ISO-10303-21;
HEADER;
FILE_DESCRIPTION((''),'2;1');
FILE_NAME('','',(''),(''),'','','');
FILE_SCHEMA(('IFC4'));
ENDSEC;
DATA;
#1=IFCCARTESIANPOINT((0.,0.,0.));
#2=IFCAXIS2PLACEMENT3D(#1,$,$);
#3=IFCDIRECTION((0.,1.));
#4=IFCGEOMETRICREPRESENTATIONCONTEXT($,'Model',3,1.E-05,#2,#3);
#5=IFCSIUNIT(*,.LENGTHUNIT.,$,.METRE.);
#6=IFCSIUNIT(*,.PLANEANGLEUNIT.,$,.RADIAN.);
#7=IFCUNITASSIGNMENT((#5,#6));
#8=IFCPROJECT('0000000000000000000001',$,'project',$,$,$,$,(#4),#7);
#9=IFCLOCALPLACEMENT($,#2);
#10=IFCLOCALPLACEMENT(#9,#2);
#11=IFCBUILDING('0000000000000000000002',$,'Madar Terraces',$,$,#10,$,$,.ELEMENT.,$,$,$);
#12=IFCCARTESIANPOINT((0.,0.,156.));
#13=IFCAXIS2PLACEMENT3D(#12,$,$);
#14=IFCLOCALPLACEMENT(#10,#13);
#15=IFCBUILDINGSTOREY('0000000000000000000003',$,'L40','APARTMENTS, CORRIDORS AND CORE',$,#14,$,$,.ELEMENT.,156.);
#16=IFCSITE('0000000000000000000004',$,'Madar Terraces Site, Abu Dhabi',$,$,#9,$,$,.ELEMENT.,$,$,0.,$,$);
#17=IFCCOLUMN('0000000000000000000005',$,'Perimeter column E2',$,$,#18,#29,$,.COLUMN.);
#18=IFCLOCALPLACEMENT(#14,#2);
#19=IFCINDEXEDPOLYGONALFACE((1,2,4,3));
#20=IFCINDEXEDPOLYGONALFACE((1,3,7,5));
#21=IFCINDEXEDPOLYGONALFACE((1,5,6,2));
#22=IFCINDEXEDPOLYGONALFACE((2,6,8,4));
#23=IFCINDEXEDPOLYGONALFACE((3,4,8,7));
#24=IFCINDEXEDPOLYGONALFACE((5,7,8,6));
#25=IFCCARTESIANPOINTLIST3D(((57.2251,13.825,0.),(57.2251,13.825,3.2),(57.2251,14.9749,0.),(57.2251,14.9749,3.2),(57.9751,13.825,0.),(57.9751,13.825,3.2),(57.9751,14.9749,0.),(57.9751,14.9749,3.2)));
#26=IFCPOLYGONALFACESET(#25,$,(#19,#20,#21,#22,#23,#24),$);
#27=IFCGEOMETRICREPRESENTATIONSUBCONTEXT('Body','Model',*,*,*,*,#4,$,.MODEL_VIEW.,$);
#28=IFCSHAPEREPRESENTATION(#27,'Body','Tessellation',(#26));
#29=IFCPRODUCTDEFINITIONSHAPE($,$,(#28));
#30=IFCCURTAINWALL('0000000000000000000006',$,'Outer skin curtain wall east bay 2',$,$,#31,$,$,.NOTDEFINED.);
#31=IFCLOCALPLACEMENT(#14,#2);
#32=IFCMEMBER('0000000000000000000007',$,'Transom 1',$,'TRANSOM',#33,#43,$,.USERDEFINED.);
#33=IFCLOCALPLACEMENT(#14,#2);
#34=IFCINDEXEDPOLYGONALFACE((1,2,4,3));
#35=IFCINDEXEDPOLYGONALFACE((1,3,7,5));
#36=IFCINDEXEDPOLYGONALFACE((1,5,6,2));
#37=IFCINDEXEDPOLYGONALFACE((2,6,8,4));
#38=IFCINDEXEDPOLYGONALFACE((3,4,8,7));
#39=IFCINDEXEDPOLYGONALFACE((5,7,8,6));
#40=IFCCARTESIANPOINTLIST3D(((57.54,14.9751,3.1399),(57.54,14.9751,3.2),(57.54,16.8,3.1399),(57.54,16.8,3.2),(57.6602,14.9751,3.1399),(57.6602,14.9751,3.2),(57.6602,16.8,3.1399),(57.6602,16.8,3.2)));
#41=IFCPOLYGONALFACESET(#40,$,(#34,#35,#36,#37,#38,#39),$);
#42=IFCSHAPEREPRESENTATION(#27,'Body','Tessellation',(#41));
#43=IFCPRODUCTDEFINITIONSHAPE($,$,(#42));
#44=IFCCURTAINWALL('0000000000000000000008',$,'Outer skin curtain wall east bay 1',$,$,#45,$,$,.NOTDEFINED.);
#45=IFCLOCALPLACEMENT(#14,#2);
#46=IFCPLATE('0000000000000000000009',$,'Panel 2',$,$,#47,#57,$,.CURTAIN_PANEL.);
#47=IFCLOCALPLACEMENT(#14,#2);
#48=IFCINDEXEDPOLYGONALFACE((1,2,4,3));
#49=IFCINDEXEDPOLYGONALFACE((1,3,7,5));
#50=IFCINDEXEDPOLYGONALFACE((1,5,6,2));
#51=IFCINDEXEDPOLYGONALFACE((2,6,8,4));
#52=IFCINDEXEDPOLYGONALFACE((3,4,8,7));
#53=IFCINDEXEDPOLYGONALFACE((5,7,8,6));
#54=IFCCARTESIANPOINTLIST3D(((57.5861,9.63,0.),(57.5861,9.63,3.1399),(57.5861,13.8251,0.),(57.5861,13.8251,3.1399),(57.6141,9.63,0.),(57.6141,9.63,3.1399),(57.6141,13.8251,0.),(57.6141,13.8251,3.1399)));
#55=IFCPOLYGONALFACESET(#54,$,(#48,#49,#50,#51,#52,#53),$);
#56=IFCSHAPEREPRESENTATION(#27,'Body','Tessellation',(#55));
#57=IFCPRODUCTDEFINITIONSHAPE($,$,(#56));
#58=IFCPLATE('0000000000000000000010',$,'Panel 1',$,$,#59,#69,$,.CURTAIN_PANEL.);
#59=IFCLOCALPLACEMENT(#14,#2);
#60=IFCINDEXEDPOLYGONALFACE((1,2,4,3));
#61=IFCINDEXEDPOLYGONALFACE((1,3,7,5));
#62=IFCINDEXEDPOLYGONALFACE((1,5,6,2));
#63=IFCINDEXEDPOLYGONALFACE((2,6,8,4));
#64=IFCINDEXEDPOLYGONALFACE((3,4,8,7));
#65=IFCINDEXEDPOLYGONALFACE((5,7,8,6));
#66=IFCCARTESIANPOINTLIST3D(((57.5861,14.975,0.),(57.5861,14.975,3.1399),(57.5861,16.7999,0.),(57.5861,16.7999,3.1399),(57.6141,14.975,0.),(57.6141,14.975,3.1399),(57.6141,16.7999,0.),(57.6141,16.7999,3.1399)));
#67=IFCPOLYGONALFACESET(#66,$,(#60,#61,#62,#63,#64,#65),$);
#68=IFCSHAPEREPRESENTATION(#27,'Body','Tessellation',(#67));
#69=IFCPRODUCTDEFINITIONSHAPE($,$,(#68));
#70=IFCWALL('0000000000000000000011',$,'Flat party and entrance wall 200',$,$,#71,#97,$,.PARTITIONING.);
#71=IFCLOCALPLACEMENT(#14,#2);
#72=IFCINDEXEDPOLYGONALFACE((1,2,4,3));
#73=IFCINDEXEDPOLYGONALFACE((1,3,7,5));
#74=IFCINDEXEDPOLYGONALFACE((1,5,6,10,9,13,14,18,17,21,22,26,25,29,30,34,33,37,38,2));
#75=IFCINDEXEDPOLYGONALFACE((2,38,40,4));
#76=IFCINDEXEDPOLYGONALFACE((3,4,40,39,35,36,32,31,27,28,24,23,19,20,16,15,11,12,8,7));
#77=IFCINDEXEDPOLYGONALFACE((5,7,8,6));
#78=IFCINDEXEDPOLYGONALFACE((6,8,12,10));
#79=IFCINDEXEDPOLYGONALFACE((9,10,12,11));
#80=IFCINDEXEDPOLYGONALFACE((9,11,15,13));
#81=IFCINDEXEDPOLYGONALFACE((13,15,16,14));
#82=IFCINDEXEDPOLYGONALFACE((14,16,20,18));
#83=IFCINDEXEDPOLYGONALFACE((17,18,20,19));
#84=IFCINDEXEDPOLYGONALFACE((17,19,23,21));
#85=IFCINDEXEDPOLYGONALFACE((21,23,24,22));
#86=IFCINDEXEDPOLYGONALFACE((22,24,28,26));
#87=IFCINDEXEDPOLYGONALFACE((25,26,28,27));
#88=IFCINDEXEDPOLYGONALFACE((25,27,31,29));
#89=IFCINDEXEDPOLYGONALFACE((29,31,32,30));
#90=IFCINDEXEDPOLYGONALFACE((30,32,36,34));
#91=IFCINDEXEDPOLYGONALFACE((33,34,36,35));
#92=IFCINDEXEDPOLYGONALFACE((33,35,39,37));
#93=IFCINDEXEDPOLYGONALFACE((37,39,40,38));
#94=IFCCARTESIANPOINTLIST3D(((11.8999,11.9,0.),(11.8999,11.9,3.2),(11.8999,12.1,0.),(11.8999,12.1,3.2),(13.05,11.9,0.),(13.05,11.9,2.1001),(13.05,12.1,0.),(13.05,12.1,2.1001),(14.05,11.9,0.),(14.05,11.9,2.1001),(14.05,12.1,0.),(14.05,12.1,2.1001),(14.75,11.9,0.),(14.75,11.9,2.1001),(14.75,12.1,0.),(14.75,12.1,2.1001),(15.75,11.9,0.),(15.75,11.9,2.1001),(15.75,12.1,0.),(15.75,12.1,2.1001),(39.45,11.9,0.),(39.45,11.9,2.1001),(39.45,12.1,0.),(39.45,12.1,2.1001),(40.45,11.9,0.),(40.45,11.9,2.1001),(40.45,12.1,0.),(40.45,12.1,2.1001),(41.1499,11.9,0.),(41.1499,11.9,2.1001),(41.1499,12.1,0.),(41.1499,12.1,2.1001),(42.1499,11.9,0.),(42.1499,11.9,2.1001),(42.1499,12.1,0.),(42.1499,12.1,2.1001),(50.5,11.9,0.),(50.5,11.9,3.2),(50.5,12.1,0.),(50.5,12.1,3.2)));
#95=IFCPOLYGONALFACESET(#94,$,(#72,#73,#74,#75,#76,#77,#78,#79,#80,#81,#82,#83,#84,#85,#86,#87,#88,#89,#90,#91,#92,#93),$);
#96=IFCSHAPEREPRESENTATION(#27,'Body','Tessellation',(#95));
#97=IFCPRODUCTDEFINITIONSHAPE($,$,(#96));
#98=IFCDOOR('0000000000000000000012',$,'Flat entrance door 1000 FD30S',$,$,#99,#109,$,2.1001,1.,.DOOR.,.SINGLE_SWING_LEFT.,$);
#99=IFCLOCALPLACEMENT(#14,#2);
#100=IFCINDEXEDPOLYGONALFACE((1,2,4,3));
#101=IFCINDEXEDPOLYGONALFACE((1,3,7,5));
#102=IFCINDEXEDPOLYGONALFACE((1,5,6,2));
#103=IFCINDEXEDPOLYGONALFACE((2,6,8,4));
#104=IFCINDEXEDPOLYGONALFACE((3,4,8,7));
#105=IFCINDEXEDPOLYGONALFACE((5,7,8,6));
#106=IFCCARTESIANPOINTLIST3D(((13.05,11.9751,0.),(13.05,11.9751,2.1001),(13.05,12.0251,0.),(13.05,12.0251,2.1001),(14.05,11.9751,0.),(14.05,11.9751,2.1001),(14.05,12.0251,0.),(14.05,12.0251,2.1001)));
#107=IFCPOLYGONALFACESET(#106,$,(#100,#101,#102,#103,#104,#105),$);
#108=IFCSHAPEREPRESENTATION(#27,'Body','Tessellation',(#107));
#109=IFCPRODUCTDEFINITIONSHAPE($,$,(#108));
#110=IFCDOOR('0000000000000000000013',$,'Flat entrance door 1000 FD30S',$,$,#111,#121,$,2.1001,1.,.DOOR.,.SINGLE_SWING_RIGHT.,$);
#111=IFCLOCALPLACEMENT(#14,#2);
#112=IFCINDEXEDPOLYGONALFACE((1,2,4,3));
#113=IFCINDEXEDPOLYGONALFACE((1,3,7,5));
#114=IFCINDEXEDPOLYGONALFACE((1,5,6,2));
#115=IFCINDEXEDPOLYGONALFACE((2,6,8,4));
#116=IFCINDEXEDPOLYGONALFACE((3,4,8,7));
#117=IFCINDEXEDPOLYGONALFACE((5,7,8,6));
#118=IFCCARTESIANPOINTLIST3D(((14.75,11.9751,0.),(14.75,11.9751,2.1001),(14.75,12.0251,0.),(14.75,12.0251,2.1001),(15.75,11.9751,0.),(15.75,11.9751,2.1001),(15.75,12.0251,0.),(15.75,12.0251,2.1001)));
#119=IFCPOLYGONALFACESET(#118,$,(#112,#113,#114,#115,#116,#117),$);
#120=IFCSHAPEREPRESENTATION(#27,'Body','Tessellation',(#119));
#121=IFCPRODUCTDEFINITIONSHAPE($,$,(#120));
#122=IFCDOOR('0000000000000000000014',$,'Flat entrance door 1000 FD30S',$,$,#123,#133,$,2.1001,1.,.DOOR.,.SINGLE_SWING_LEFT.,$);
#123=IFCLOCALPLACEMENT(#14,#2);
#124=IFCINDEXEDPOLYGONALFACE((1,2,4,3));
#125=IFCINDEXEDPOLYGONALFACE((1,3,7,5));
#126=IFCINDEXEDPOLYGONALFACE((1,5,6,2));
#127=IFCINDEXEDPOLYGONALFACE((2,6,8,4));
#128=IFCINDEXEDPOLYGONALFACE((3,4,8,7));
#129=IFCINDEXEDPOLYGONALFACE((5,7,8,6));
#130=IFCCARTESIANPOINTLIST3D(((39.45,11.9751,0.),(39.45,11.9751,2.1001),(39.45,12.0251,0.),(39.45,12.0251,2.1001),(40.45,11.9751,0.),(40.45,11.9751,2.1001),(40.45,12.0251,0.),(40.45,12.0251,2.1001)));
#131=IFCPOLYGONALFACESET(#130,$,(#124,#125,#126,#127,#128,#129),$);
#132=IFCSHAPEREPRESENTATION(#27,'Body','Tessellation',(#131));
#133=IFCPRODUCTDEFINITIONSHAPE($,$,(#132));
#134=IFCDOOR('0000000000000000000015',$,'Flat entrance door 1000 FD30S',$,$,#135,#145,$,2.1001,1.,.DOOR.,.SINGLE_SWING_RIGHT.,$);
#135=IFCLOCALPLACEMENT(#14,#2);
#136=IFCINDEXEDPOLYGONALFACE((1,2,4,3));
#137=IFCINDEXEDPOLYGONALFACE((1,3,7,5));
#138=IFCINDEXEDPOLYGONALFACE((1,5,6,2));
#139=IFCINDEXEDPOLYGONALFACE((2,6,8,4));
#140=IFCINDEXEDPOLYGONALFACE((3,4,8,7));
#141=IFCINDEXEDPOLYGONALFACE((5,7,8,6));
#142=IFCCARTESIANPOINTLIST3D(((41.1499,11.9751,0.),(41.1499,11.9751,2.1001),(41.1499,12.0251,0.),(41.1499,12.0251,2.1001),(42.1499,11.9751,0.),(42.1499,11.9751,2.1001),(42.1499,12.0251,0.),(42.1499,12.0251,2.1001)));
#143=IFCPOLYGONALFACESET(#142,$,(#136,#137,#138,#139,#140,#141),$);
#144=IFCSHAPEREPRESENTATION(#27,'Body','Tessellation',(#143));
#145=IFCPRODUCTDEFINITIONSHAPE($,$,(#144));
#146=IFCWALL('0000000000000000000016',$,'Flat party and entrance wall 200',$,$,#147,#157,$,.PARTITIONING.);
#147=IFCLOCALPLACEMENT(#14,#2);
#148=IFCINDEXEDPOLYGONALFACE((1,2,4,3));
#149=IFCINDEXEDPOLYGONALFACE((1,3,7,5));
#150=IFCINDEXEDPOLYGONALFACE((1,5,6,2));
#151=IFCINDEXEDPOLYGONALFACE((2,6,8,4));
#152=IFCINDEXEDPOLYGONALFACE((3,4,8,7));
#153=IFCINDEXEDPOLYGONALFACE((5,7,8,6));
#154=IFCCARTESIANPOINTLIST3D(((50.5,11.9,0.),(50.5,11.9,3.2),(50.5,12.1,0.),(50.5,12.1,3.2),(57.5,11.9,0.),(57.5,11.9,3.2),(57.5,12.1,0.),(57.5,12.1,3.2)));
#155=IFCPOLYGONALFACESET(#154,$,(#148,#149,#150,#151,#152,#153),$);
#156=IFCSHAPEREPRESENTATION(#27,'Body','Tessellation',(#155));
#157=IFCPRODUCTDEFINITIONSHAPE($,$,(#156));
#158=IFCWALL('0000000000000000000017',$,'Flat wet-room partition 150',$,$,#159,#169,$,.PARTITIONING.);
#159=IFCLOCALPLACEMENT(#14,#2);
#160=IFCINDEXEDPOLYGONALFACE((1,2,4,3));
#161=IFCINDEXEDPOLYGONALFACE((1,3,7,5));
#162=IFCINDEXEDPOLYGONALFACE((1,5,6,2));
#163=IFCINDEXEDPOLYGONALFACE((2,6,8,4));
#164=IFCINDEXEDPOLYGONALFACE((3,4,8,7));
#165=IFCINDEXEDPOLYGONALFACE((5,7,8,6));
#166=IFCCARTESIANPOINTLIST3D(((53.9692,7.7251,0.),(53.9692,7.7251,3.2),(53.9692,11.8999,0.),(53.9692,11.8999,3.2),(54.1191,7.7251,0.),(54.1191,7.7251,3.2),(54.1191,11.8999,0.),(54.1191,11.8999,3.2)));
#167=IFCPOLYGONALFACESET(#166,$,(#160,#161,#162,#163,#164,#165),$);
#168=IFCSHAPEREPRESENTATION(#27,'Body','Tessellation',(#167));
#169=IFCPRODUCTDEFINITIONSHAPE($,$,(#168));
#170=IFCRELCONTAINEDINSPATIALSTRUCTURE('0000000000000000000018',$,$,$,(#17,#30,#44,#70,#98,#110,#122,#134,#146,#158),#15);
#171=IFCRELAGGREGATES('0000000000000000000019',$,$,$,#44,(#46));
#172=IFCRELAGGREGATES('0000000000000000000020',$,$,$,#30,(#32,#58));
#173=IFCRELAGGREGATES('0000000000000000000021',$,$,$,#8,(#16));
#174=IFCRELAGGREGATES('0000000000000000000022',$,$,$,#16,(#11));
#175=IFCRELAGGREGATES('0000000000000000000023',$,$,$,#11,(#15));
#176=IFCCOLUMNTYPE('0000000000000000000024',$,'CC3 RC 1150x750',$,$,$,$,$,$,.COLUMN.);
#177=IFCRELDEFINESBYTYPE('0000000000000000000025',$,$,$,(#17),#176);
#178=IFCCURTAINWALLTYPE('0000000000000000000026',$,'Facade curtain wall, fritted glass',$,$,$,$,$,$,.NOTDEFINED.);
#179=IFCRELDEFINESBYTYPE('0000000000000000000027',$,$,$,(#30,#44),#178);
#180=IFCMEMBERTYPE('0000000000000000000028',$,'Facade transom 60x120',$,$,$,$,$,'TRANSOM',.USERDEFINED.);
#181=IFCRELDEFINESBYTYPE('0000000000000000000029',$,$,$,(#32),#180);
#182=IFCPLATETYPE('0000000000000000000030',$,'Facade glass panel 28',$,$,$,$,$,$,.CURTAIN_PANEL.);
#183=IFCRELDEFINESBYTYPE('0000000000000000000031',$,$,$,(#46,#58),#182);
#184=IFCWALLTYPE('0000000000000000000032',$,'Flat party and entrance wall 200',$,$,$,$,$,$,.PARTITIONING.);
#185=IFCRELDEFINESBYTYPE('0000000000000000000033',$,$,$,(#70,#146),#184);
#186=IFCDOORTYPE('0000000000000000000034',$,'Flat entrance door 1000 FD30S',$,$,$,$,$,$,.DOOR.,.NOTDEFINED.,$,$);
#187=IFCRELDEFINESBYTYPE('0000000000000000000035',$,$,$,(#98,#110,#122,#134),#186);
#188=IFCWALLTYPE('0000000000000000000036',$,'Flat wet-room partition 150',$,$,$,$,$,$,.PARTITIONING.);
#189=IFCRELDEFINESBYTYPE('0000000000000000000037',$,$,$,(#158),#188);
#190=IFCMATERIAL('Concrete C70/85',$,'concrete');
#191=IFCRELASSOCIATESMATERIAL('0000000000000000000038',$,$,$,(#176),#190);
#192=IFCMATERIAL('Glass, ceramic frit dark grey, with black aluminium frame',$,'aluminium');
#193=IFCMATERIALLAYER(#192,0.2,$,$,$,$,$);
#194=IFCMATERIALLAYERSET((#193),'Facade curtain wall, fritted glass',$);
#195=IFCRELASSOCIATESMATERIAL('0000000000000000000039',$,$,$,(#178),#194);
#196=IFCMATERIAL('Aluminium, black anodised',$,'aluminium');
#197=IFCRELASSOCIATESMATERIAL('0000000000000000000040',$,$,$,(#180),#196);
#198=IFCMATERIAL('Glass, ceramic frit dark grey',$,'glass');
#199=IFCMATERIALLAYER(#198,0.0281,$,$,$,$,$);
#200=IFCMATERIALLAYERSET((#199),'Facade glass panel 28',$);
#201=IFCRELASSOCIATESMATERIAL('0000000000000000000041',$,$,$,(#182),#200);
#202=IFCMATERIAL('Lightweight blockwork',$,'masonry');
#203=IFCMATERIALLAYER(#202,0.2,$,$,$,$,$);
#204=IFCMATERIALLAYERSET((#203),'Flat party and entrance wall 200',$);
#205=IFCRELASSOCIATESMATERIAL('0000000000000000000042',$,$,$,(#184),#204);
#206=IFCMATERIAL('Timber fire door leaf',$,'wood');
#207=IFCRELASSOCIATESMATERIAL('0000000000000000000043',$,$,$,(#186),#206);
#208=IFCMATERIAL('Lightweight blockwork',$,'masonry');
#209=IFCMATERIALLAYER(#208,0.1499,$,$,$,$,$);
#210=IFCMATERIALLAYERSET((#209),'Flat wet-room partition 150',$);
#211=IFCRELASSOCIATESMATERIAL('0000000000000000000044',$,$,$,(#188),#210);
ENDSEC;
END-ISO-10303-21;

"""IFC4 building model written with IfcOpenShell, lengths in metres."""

from ifc_helpers import new_model, si_unit, direction, frame, frame_2d, origin, origin_2d, place, context, subcontext, project, spatial, rectangle, extrude, material, layer, layer_set, material_profile, profile_set, type_object, element, fill, aggregate, save


model = new_model("IFC4")

# Units and contexts
model_context = context("Model", 3, precision=1e-05, world=origin(), true_north=direction((0.0, 1.0)))
body_context = subcontext(model_context, "Body", "Model", "MODEL_VIEW")
ifc_project = project(units=[si_unit("LENGTHUNIT", "METRE"), si_unit("PLANEANGLEUNIT", "RADIAN")], contexts=[model_context])

# Site, building, storey
site_placement = place(None, origin())
site = spatial("IfcSite", under=ifc_project, at=site_placement, Name="Madar Terraces Site, Abu Dhabi", CompositionType="ELEMENT", RefElevation=0.0)
building_placement = place(site_placement, origin())
building = spatial("IfcBuilding", under=site, at=building_placement, Name="Madar Terraces", CompositionType="ELEMENT")
storey_placement = place(building_placement, frame((0.0, 0.0, 156.0)))
storey = spatial("IfcBuildingStorey", under=building, at=storey_placement, Name="L40", Description="APARTMENTS, CORRIDORS AND CORE", CompositionType="ELEMENT", Elevation=156.0)

# Column
ifc_material_1 = material(Name="Concrete C70/85", Category="concrete")
ifc_material_profile_1 = material_profile(ifc_material_1, rectangle(XDim=1.1499, YDim=0.75, at=origin_2d()), Name="CC3 RC 1150x750")
ifc_profile_set_1 = profile_set([ifc_material_profile_1], Name="Concrete C70/85")
column_type = type_object("IfcColumnType", Name="CC3 RC 1150x750", PredefinedType="COLUMN", material=ifc_profile_set_1)
column_placement = place(storey_placement, frame((57.6001, 14.3999, 0.0), z_axis=(0.0, 0.0, 1.0), x_axis=(0.0, 1.0, 0.0)))
element("IfcColumn", 1, at=column_placement, inside=storey, type_object=column_type, Name="Perimeter column E2", PredefinedType="COLUMN", context=body_context, shape_type="SweptSolid", body=[
    extrude(rectangle(XDim=1.1499, YDim=0.75, at=origin_2d()), origin(), (0.0, 0.0, 1.0), 3.2),
])

# Curtain wall, member
ifc_material_2 = material(Name="Glass, ceramic frit dark grey, with black aluminium frame", Category="aluminium")
ifc_layer_1 = layer(ifc_material_2, 0.2)
ifc_layer_set_1 = layer_set([ifc_layer_1], Name="Facade curtain wall, fritted glass")
curtain_wall_type = type_object("IfcCurtainWallType", Name="Facade curtain wall, fritted glass", PredefinedType="NOTDEFINED", material=ifc_layer_set_1)
curtain_wall_1_placement = place(storey_placement, origin())
curtain_wall_1 = element("IfcCurtainWall", 2, at=curtain_wall_1_placement, inside=storey, type_object=curtain_wall_type, Name="Outer skin curtain wall east bay 2", PredefinedType="NOTDEFINED")
ifc_material_3 = material(Name="Aluminium, black anodised", Category="aluminium")
ifc_material_profile_2 = material_profile(ifc_material_3, rectangle(XDim=0.1201, YDim=0.0601, at=origin_2d()), Name="Facade transom 60x120")
ifc_profile_set_2 = profile_set([ifc_material_profile_2], Name="Aluminium, black anodised")
member_type = type_object("IfcMemberType", Name="Facade transom 60x120", ElementType="TRANSOM", PredefinedType="USERDEFINED", material=ifc_profile_set_2)
member_placement = place(storey_placement, frame((57.6001, 14.9751, 3.1699), z_axis=(0.0, 1.0, 0.0), x_axis=(-1.0, 0.0, 0.0)))
member = element("IfcMember", 3, at=member_placement, type_object=member_type, Name="Transom 1", ObjectType="TRANSOM", PredefinedType="USERDEFINED", context=body_context, shape_type="SweptSolid", body=[
    extrude(rectangle(XDim=0.1201, YDim=0.0601, at=origin_2d()), origin(), (0.0, 0.0, 1.0), 1.825),
])

# Curtain wall, plate
curtain_wall_2_placement = place(storey_placement, origin())
curtain_wall_2 = element("IfcCurtainWall", 4, at=curtain_wall_2_placement, inside=storey, type_object=curtain_wall_type, Name="Outer skin curtain wall east bay 1", PredefinedType="NOTDEFINED")
ifc_material_4 = material(Name="Glass, ceramic frit dark grey", Category="glass")
ifc_layer_2 = layer(ifc_material_4, 0.0281)
ifc_layer_set_2 = layer_set([ifc_layer_2], Name="Facade glass panel 28")
plate_type = type_object("IfcPlateType", Name="Facade glass panel 28", PredefinedType="CURTAIN_PANEL", material=ifc_layer_set_2)
plate_1_placement = place(storey_placement, frame((57.6001, 11.7275, 0.0), z_axis=(0.0, 0.0, 1.0), x_axis=(0.0, 1.0, 0.0)))
plate_1 = element("IfcPlate", 5, at=plate_1_placement, type_object=plate_type, Name="Panel 2", PredefinedType="CURTAIN_PANEL", context=body_context, shape_type="SweptSolid", body=[
    extrude(rectangle(XDim=4.1951, YDim=0.0281, at=origin_2d()), origin(), (0.0, 0.0, 1.0), 3.1399),
])
aggregate(curtain_wall_2, [plate_1])

# Plate
plate_2_placement = place(storey_placement, frame((57.6001, 15.8875, 0.0), z_axis=(0.0, 0.0, 1.0), x_axis=(0.0, 1.0, 0.0)))
plate_2 = element("IfcPlate", 6, at=plate_2_placement, type_object=plate_type, Name="Panel 1", PredefinedType="CURTAIN_PANEL", context=body_context, shape_type="SweptSolid", body=[
    extrude(rectangle(XDim=1.825, YDim=0.0281, at=origin_2d()), origin(), (0.0, 0.0, 1.0), 3.1399),
])
aggregate(curtain_wall_1, [member, plate_2])

# Wall, openings, doors
ifc_material_5 = material(Name="Lightweight blockwork", Category="masonry")
ifc_layer_3 = layer(ifc_material_5, 0.2)
ifc_layer_set_3 = layer_set([ifc_layer_3], Name="Flat party and entrance wall 200")
wall_type_1 = type_object("IfcWallType", Name="Flat party and entrance wall 200", PredefinedType="PARTITIONING", material=ifc_layer_set_3)
wall_1_placement = place(storey_placement, frame((50.5, 12.0, 0.0), z_axis=(0.0, 0.0, 1.0), x_axis=(-1.0, 0.0, 0.0)))
wall_1 = element("IfcWall", 7, at=wall_1_placement, inside=storey, type_object=wall_type_1, Name="Flat party and entrance wall 200", PredefinedType="PARTITIONING", context=body_context, shape_type="SweptSolid", body=[
    extrude(rectangle(XDim=38.6001, YDim=0.2, at=frame_2d((19.3, 0.0))), origin(), (0.0, 0.0, 1.0), 3.2),
])
opening_1_placement = place(wall_1_placement, frame((36.45, 0.0, 0.0)))
opening_1 = element("IfcOpeningElement", 8, at=opening_1_placement, cuts=wall_1, PredefinedType="OPENING", context=body_context, shape_type="SweptSolid", body=[
    extrude(rectangle(XDim=1.0, YDim=2.1001, at=frame_2d((0.5, 1.05))), frame((0.0, 0.1099, 0.0), z_axis=(0.0, -1.0, 0.0), x_axis=(1.0, 0.0, 0.0)), (0.0, 0.0, 1.0), 0.22),
])
opening_2_placement = place(wall_1_placement, frame((34.75, 0.0, 0.0)))
opening_2 = element("IfcOpeningElement", 9, at=opening_2_placement, cuts=wall_1, PredefinedType="OPENING", context=body_context, shape_type="SweptSolid", body=[
    extrude(rectangle(XDim=1.0, YDim=2.1001, at=frame_2d((0.5, 1.05))), frame((0.0, 0.1099, 0.0), z_axis=(0.0, -1.0, 0.0), x_axis=(1.0, 0.0, 0.0)), (0.0, 0.0, 1.0), 0.22),
])
opening_3_placement = place(wall_1_placement, frame((10.05, 0.0, 0.0)))
opening_3 = element("IfcOpeningElement", 10, at=opening_3_placement, cuts=wall_1, PredefinedType="OPENING", context=body_context, shape_type="SweptSolid", body=[
    extrude(rectangle(XDim=1.0, YDim=2.1001, at=frame_2d((0.5, 1.05))), frame((0.0, 0.1099, 0.0), z_axis=(0.0, -1.0, 0.0), x_axis=(1.0, 0.0, 0.0)), (0.0, 0.0, 1.0), 0.22),
])
opening_4_placement = place(wall_1_placement, frame((8.3501, 0.0, 0.0)))
opening_4 = element("IfcOpeningElement", 11, at=opening_4_placement, cuts=wall_1, PredefinedType="OPENING", context=body_context, shape_type="SweptSolid", body=[
    extrude(rectangle(XDim=1.0, YDim=2.1001, at=frame_2d((0.5, 1.05))), frame((0.0, 0.1099, 0.0), z_axis=(0.0, -1.0, 0.0), x_axis=(1.0, 0.0, 0.0)), (0.0, 0.0, 1.0), 0.22),
])
ifc_material_6 = material(Name="Timber fire door leaf", Category="wood")
door_type_1 = type_object("IfcDoorType", Name="Flat entrance door 1000 FD30S", OperationType="NOTDEFINED", PredefinedType="DOOR", material=ifc_material_6)
door_1_placement = place(opening_1_placement, origin())
door_1 = element("IfcDoor", 12, at=door_1_placement, inside=storey, type_object=door_type_1, Name="Flat entrance door 1000 FD30S", OperationType="SINGLE_SWING_LEFT", OverallHeight=2.1001, OverallWidth=1.0, PredefinedType="DOOR", context=body_context, shape_type="SweptSolid", body=[
    extrude(rectangle(XDim=1.0, YDim=2.1001, at=frame_2d((0.5, 1.05))), frame((0.0, 0.0249, 0.0), z_axis=(0.0, -1.0, 0.0), x_axis=(1.0, 0.0, 0.0)), (0.0, 0.0, 1.0), 0.05),
])
fill(opening_1, door_1)
door_2_placement = place(opening_2_placement, origin())
door_2 = element("IfcDoor", 13, at=door_2_placement, inside=storey, type_object=door_type_1, Name="Flat entrance door 1000 FD30S", OperationType="SINGLE_SWING_RIGHT", OverallHeight=2.1001, OverallWidth=1.0, PredefinedType="DOOR", context=body_context, shape_type="SweptSolid", body=[
    extrude(rectangle(XDim=1.0, YDim=2.1001, at=frame_2d((0.5, 1.05))), frame((0.0, 0.0249, 0.0), z_axis=(0.0, -1.0, 0.0), x_axis=(1.0, 0.0, 0.0)), (0.0, 0.0, 1.0), 0.05),
])
fill(opening_2, door_2)
door_3_placement = place(opening_3_placement, origin())
door_3 = element("IfcDoor", 14, at=door_3_placement, inside=storey, type_object=door_type_1, Name="Flat entrance door 1000 FD30S", OperationType="SINGLE_SWING_LEFT", OverallHeight=2.1001, OverallWidth=1.0, PredefinedType="DOOR", context=body_context, shape_type="SweptSolid", body=[
    extrude(rectangle(XDim=1.0, YDim=2.1001, at=frame_2d((0.5, 1.05))), frame((0.0, 0.0249, 0.0), z_axis=(0.0, -1.0, 0.0), x_axis=(1.0, 0.0, 0.0)), (0.0, 0.0, 1.0), 0.05),
])
fill(opening_3, door_3)
door_4_placement = place(opening_4_placement, origin())
door_4 = element("IfcDoor", 15, at=door_4_placement, inside=storey, type_object=door_type_1, Name="Flat entrance door 1000 FD30S", OperationType="SINGLE_SWING_RIGHT", OverallHeight=2.1001, OverallWidth=1.0, PredefinedType="DOOR", context=body_context, shape_type="SweptSolid", body=[
    extrude(rectangle(XDim=1.0, YDim=2.1001, at=frame_2d((0.5, 1.05))), frame((0.0, 0.0249, 0.0), z_axis=(0.0, -1.0, 0.0), x_axis=(1.0, 0.0, 0.0)), (0.0, 0.0, 1.0), 0.05),
])
fill(opening_4, door_4)

# Walls
wall_2_placement = place(storey_placement, frame((50.5, 12.0, 0.0), z_axis=(0.0, 0.0, 1.0), x_axis=(1.0, 0.0, 0.0)))
element("IfcWall", 16, at=wall_2_placement, inside=storey, type_object=wall_type_1, Name="Flat party and entrance wall 200", PredefinedType="PARTITIONING", context=body_context, shape_type="SweptSolid", body=[
    extrude(rectangle(XDim=7.0, YDim=0.2, at=frame_2d((3.5, 0.0))), origin(), (0.0, 0.0, 1.0), 3.2),
])
ifc_material_7 = material(Name="Lightweight blockwork", Category="masonry")
ifc_layer_4 = layer(ifc_material_7, 0.1499)
ifc_layer_set_4 = layer_set([ifc_layer_4], Name="Flat wet-room partition 150")
wall_type_2 = type_object("IfcWallType", Name="Flat wet-room partition 150", PredefinedType="PARTITIONING", material=ifc_layer_set_4)
wall_3_placement = place(storey_placement, frame((54.0442, 11.8999, 0.0), z_axis=(0.0, 0.0, 1.0), x_axis=(0.0, -1.0, 0.0)))
element("IfcWall", 17, at=wall_3_placement, inside=storey, type_object=wall_type_2, Name="Flat wet-room partition 150", PredefinedType="PARTITIONING", context=body_context, shape_type="SweptSolid", body=[
    extrude(rectangle(XDim=4.1748, YDim=0.1499, at=frame_2d((2.0874, 0.0))), origin(), (0.0, 0.0, 1.0), 3.2),
])

save(model, "model.ifc")
